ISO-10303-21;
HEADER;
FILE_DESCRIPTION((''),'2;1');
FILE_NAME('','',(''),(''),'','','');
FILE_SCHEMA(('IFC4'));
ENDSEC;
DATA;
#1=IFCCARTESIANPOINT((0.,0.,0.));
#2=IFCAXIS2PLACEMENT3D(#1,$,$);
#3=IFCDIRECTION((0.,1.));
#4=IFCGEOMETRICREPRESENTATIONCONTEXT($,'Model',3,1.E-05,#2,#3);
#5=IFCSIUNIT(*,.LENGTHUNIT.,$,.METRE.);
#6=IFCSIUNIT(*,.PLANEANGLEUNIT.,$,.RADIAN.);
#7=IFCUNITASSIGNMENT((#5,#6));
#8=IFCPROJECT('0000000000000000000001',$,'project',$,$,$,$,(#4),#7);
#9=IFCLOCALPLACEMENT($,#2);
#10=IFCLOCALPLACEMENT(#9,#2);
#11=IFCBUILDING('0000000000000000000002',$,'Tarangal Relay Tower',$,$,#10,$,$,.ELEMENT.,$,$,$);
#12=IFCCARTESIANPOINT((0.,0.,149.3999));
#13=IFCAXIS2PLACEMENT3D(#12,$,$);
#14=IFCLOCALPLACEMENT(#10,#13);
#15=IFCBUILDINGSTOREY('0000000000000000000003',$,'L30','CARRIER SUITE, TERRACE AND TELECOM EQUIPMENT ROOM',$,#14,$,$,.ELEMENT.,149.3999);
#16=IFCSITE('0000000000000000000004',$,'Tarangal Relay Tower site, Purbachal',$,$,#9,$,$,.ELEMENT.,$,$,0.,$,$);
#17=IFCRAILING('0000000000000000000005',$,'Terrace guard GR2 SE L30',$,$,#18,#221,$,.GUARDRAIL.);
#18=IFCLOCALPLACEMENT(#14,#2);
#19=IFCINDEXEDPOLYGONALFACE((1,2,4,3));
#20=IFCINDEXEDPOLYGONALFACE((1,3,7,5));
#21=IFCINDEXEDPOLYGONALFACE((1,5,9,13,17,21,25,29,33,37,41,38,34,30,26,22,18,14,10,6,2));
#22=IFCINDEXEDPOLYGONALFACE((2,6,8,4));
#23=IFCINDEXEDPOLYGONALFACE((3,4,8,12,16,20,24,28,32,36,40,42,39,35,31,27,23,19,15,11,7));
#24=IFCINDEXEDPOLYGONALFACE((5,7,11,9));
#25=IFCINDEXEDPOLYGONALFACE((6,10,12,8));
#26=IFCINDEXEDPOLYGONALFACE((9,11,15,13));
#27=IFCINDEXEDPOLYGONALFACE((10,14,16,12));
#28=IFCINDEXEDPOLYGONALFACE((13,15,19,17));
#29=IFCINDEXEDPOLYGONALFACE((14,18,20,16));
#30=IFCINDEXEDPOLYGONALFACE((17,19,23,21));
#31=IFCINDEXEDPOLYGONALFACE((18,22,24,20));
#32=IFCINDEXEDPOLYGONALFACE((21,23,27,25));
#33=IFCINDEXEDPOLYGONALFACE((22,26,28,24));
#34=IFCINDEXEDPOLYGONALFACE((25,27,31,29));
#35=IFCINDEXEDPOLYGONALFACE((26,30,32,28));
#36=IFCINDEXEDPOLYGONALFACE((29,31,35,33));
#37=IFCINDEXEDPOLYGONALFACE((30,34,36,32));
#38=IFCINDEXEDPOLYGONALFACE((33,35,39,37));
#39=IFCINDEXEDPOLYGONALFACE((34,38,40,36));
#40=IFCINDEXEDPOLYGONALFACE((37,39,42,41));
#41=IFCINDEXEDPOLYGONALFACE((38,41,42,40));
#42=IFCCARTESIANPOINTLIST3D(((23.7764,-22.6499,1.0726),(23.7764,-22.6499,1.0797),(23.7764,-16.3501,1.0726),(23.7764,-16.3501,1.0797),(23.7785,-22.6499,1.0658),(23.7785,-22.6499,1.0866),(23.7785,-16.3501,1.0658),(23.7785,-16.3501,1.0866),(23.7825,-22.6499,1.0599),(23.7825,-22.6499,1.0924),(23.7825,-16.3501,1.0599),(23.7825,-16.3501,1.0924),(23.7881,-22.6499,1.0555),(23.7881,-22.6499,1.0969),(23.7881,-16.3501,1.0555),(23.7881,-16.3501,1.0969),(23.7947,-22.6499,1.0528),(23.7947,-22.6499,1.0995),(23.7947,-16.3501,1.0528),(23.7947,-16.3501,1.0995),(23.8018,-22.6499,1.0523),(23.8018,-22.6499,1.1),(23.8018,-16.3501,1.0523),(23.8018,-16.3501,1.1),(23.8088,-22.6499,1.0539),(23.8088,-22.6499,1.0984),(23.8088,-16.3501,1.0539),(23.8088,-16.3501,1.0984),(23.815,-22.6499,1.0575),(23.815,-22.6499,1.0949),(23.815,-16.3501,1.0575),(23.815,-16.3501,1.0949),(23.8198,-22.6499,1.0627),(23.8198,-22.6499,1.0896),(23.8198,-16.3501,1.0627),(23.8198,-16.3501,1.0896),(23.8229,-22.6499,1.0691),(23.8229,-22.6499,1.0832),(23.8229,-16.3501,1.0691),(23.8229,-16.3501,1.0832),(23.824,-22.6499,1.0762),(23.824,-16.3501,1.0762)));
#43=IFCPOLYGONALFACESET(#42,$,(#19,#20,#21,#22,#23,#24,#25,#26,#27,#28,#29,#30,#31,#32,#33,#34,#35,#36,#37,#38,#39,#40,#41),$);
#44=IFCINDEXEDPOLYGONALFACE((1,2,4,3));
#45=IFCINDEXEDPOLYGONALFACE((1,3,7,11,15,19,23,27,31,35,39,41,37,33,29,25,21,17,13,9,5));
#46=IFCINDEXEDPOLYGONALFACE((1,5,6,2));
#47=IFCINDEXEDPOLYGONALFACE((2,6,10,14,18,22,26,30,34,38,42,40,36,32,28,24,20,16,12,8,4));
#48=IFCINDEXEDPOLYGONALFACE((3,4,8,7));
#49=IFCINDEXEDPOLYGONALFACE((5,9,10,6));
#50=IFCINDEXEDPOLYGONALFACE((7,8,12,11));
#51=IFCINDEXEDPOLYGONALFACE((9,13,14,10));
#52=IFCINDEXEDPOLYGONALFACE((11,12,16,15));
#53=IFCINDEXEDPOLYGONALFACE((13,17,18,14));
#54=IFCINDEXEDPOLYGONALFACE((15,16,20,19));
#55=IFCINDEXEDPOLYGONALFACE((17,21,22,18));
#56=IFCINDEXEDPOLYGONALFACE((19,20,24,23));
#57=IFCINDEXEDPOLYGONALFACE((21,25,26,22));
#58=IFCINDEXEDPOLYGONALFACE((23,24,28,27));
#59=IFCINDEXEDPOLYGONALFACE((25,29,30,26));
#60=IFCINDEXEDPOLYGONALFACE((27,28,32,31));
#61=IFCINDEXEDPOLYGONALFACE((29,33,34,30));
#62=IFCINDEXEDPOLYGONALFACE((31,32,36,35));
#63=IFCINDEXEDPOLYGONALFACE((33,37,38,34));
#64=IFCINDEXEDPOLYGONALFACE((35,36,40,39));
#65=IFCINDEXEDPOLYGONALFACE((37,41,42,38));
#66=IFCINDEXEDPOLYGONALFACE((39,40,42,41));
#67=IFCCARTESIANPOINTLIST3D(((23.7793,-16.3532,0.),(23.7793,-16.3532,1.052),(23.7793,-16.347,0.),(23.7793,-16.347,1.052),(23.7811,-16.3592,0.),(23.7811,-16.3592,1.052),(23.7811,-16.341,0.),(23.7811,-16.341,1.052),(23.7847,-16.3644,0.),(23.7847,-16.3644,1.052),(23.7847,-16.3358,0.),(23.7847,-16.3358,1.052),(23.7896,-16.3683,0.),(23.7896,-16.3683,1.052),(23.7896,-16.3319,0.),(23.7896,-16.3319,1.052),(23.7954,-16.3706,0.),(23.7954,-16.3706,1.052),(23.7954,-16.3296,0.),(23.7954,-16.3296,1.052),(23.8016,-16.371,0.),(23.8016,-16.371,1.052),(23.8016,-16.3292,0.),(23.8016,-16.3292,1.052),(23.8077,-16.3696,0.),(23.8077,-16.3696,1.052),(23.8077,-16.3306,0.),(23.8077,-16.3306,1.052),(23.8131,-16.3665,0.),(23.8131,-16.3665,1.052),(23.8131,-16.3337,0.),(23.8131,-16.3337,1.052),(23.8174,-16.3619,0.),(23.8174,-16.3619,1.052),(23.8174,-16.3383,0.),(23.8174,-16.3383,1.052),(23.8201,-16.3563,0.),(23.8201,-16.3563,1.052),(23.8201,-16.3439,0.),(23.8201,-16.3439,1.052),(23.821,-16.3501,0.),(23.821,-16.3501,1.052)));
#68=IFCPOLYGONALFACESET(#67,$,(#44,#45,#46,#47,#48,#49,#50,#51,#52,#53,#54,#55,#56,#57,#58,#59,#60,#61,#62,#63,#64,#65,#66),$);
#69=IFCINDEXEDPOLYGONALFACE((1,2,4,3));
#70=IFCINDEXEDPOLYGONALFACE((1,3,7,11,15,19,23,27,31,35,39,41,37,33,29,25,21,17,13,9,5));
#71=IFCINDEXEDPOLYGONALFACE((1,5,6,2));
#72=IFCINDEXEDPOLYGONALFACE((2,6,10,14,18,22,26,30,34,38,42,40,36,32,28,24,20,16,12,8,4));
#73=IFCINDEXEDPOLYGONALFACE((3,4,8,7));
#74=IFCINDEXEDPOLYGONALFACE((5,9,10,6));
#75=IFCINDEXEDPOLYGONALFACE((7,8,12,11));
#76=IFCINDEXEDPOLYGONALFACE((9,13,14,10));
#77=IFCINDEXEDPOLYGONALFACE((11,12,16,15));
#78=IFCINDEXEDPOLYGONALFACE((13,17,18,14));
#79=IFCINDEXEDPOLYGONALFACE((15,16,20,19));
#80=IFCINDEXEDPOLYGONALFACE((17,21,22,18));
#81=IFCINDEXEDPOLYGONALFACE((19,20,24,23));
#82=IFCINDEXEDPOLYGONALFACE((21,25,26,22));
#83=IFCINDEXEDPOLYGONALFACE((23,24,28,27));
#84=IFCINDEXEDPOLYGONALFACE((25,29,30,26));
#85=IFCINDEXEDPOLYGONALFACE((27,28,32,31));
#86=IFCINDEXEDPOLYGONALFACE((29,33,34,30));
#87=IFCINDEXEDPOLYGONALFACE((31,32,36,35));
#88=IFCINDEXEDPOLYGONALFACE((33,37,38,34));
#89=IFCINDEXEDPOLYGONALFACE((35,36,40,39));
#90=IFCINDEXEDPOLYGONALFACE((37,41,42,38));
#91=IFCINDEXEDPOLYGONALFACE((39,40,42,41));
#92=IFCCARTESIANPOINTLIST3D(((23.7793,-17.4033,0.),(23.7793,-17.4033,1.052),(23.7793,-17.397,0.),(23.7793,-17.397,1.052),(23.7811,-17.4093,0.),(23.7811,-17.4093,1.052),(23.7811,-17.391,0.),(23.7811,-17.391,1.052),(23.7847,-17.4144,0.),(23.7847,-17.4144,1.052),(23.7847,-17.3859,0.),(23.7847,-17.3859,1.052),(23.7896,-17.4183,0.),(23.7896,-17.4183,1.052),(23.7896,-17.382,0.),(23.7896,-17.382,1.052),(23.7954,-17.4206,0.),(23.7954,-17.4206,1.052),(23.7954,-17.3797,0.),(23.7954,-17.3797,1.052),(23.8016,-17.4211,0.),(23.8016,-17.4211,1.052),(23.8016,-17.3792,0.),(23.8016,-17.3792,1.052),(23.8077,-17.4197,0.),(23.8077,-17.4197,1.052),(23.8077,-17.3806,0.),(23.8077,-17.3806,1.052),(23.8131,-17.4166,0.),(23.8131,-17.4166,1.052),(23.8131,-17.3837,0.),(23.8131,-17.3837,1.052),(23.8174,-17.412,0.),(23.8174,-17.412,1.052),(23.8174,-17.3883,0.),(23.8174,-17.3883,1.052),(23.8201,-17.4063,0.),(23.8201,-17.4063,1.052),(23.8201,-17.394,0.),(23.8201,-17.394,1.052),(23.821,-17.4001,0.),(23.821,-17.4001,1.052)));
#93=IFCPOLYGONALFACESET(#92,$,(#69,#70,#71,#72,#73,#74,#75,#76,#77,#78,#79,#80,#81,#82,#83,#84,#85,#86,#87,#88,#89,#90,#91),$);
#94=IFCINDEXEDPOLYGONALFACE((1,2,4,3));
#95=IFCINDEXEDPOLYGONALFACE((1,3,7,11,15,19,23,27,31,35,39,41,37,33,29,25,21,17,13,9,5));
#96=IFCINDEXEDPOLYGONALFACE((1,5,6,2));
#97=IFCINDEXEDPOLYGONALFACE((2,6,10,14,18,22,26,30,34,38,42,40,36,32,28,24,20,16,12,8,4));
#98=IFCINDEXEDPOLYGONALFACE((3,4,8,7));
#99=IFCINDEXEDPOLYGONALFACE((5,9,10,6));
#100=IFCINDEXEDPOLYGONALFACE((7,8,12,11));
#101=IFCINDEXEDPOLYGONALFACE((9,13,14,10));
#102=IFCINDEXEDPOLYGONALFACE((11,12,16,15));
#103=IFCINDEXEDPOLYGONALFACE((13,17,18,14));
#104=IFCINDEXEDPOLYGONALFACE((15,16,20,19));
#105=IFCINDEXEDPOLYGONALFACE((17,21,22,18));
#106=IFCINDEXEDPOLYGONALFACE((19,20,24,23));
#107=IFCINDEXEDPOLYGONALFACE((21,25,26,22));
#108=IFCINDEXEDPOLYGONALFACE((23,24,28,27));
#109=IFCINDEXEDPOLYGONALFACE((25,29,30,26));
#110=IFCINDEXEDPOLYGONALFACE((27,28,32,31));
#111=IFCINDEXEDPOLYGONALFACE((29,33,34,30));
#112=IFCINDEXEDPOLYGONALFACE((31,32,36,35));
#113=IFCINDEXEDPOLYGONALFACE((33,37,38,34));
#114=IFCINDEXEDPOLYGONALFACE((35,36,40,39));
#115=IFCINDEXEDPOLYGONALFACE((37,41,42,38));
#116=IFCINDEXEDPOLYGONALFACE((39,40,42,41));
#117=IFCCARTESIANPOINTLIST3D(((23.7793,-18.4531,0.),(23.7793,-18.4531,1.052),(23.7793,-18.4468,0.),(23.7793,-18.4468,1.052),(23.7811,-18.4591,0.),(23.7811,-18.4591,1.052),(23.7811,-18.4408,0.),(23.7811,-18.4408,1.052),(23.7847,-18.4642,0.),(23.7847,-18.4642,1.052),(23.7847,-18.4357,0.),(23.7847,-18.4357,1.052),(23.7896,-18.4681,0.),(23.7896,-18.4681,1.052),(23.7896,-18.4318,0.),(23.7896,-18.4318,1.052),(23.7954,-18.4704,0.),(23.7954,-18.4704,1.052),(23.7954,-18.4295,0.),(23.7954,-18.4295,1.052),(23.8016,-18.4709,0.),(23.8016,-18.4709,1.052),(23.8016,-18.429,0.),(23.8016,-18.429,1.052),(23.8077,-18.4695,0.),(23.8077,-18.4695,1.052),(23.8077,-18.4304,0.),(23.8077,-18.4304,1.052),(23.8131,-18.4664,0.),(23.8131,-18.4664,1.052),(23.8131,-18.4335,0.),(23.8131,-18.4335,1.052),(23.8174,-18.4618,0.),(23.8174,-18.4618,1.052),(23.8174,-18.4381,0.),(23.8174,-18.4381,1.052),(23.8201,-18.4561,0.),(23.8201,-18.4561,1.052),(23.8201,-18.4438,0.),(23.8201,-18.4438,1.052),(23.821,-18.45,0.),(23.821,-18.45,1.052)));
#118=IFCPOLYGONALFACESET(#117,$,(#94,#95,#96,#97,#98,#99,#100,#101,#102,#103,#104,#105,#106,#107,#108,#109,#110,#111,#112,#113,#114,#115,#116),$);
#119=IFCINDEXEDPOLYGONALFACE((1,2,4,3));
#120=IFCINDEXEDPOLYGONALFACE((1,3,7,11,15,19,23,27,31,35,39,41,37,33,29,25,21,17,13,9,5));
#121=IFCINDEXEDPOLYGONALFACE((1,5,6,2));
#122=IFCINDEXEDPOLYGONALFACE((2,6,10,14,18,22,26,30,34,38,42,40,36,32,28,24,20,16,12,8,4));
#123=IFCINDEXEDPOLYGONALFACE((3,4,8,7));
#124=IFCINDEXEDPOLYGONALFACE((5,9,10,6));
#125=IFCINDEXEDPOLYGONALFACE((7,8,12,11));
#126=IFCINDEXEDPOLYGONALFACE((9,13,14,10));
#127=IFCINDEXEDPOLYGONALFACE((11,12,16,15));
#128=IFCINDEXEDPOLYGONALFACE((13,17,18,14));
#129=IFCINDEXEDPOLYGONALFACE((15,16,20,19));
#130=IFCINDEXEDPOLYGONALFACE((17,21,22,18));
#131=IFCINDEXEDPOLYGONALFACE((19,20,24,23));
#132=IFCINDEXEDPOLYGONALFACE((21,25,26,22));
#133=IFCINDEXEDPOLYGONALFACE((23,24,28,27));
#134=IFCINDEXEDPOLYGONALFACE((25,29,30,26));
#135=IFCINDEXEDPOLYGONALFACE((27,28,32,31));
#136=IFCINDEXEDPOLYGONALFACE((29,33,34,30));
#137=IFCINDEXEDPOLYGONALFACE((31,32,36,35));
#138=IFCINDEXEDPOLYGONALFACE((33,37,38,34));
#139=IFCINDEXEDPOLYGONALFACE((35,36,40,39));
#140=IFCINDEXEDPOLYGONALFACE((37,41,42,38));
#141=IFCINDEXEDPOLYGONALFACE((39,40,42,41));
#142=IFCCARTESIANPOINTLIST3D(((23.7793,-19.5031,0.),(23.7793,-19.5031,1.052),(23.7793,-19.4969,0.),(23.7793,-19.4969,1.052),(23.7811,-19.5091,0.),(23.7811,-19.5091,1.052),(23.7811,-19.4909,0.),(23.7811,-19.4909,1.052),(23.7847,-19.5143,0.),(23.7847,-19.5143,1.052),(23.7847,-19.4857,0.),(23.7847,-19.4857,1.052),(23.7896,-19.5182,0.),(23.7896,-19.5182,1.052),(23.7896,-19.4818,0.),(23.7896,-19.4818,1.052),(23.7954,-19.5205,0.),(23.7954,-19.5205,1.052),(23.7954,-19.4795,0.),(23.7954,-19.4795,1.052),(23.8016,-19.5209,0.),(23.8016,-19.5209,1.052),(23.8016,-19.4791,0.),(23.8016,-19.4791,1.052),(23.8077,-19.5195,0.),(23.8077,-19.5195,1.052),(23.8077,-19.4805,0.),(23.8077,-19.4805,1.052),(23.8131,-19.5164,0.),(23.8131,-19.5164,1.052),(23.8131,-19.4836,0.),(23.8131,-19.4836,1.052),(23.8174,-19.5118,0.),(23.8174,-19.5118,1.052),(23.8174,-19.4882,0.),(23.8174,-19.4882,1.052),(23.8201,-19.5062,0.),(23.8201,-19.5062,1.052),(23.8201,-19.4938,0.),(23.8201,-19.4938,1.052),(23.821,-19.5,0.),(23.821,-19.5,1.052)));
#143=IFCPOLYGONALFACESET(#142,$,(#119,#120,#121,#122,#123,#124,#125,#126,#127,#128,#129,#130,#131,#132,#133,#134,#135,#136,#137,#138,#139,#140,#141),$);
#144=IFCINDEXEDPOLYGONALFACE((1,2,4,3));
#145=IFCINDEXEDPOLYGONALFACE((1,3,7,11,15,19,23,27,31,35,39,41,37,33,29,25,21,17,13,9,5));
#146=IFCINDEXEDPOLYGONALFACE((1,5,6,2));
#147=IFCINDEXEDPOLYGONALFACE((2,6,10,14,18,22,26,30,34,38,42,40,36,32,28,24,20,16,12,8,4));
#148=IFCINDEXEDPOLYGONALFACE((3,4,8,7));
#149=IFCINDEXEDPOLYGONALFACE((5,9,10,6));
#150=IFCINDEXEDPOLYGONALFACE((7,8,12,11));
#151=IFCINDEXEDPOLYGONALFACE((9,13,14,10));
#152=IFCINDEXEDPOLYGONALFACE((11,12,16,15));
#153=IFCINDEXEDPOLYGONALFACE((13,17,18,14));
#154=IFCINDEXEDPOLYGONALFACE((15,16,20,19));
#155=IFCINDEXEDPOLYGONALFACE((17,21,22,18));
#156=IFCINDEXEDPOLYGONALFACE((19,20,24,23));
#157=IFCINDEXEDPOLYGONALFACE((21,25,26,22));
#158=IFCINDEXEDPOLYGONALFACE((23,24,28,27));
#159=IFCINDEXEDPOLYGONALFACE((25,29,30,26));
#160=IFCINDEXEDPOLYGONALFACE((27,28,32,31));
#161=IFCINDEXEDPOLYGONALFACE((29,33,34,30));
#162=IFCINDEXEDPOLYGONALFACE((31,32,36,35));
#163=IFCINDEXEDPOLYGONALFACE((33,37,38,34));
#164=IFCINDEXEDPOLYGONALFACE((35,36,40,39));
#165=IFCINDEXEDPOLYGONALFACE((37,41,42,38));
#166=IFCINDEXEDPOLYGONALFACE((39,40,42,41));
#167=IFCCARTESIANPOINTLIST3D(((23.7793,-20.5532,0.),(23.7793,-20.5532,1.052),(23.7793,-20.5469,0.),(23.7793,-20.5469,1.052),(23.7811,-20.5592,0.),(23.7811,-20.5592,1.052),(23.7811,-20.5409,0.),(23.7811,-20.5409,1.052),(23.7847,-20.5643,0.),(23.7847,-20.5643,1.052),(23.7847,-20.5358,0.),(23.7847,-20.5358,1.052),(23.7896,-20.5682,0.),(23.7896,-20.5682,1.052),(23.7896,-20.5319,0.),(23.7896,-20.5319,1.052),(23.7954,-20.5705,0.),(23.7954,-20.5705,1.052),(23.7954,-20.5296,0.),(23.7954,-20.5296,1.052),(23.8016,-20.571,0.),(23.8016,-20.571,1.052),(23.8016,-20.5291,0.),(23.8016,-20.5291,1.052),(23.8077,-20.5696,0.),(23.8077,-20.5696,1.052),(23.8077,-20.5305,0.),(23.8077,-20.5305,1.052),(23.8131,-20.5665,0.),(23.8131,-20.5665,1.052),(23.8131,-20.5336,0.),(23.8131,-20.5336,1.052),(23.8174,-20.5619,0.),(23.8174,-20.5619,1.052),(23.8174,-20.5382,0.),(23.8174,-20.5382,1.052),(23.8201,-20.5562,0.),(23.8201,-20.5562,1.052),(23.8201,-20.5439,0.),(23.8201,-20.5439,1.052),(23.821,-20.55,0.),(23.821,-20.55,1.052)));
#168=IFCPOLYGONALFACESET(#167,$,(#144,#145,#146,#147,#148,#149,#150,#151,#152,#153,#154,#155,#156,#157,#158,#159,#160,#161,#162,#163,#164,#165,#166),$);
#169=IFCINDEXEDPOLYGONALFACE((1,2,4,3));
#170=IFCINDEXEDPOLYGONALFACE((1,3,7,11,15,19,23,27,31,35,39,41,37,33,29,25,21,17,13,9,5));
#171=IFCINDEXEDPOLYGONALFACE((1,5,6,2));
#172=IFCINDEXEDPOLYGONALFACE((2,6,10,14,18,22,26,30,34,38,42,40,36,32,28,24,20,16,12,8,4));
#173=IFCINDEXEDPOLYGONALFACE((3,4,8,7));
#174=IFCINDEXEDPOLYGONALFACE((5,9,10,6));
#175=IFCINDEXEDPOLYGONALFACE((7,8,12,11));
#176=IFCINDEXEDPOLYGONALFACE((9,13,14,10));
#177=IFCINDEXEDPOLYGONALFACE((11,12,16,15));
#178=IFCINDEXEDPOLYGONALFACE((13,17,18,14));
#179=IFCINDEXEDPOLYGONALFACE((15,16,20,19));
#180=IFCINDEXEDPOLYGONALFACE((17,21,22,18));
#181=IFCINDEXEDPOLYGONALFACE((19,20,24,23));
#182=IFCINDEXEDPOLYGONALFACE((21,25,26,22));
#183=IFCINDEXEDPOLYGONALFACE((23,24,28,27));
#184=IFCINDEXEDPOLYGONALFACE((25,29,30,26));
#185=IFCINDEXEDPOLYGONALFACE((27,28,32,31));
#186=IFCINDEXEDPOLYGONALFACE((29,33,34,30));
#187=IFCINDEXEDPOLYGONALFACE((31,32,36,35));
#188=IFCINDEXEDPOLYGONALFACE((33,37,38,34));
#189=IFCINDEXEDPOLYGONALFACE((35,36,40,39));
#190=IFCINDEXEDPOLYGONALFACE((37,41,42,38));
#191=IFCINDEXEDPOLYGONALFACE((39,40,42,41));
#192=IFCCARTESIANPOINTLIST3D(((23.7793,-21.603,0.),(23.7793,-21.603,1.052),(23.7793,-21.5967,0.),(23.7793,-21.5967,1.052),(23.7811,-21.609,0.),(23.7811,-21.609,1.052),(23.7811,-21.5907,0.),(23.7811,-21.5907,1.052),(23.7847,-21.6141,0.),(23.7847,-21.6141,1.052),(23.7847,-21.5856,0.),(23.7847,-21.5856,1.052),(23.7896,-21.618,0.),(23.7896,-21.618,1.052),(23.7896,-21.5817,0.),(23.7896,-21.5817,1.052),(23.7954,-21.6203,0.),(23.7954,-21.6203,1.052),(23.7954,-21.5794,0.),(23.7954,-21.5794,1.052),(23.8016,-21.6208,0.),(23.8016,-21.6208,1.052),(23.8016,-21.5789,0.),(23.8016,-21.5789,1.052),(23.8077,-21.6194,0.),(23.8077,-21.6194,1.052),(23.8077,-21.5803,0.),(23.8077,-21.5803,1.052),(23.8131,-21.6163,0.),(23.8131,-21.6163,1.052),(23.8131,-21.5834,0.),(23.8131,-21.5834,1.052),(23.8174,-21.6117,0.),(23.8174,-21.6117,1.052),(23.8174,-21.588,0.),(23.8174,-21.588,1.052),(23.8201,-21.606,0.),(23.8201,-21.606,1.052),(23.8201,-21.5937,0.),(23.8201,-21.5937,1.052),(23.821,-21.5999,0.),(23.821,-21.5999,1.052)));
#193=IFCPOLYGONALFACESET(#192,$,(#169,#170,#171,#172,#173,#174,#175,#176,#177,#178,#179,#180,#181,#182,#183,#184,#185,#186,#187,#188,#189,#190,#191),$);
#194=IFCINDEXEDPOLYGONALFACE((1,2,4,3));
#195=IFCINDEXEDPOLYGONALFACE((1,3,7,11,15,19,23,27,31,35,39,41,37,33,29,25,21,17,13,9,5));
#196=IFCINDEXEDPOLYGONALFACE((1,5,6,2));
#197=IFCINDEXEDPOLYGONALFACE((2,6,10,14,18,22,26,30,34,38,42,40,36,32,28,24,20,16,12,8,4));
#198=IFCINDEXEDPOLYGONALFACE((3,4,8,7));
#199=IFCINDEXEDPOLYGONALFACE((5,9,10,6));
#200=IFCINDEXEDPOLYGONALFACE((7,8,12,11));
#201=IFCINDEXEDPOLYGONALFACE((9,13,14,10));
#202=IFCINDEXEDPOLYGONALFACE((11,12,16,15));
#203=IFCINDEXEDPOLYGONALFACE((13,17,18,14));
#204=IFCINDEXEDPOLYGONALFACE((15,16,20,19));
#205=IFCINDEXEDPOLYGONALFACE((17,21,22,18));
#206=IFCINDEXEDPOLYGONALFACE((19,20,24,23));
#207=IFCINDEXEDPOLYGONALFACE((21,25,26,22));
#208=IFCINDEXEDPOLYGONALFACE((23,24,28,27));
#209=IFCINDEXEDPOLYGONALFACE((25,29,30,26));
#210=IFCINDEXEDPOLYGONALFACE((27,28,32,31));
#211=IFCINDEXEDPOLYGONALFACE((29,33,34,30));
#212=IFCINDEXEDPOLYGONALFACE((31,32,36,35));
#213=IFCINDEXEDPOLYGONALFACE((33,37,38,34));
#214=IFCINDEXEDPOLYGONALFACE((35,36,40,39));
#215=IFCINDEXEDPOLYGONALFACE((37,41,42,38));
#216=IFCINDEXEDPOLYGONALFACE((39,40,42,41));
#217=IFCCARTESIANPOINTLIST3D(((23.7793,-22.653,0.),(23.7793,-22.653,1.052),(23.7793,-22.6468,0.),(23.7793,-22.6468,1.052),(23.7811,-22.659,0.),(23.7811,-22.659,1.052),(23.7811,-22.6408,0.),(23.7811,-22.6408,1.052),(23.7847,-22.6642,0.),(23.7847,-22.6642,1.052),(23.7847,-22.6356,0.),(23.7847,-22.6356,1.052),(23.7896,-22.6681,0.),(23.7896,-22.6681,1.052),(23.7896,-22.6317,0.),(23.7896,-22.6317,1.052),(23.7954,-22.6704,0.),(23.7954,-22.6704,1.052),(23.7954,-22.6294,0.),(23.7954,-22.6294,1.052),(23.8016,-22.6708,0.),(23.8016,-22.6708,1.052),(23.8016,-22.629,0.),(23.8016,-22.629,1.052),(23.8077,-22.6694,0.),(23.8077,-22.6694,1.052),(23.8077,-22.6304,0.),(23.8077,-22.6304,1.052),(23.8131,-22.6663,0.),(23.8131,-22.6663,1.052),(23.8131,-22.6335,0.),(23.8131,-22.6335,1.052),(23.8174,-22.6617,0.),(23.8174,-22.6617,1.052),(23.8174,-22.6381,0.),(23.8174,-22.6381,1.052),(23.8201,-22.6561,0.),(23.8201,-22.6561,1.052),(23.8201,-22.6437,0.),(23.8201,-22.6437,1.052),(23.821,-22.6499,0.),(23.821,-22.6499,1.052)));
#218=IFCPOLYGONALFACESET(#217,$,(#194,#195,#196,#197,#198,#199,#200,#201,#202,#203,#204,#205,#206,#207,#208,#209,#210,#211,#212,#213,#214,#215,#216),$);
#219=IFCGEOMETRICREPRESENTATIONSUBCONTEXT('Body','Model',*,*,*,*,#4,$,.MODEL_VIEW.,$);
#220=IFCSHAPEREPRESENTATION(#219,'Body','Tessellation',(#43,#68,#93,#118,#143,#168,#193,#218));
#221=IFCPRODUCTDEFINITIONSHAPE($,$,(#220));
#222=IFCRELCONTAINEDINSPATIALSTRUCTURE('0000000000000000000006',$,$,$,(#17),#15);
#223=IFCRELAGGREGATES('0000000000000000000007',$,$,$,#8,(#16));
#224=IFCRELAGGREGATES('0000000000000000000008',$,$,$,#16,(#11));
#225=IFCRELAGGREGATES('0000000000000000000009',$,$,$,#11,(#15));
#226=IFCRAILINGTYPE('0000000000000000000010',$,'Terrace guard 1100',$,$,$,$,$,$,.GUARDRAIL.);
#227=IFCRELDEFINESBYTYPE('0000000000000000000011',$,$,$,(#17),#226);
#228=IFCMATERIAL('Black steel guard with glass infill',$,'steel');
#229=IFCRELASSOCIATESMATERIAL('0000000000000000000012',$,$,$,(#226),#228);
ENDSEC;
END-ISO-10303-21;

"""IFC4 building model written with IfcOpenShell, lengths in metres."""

from ifc_helpers import new_model, si_unit, direction, frame, origin, origin_2d, place, context, subcontext, project, spatial, circle, extrude, material, type_object, element, save


model = new_model("IFC4")

# Units and contexts
model_context = context("Model", 3, precision=1e-05, world=origin(), true_north=direction((0.0, 1.0)))
body_context = subcontext(model_context, "Body", "Model", "MODEL_VIEW")
ifc_project = project(units=[si_unit("LENGTHUNIT", "METRE"), si_unit("PLANEANGLEUNIT", "RADIAN")], contexts=[model_context])

# Site, building, storey
site_placement = place(None, origin())
site = spatial("IfcSite", under=ifc_project, at=site_placement, Name="Tarangal Relay Tower site, Purbachal", CompositionType="ELEMENT", RefElevation=0.0)
building_placement = place(site_placement, origin())
building = spatial("IfcBuilding", under=site, at=building_placement, Name="Tarangal Relay Tower", CompositionType="ELEMENT")
storey_placement = place(building_placement, frame((0.0, 0.0, 149.3999)))
storey = spatial("IfcBuildingStorey", under=building, at=storey_placement, Name="L30", Description="CARRIER SUITE, TERRACE AND TELECOM EQUIPMENT ROOM", CompositionType="ELEMENT", Elevation=149.3999)

# Railing
ifc_material_1 = material(Name="Black steel guard with glass infill", Category="steel")
railing_type = type_object("IfcRailingType", Name="Terrace guard 1100", PredefinedType="GUARDRAIL", material=ifc_material_1)
railing_1_placement = place(storey_placement, frame((23.8, -16.3501, 0.0)))
element("IfcRailing", 1, at=railing_1_placement, inside=storey, type_object=railing_type, Name="Terrace guard GR2 SE L30", PredefinedType="GUARDRAIL", context=body_context, shape_type="SweptSolid", body=[
    extrude(circle(Radius=0.0239, at=origin_2d()), frame((0.0, 0.0, 1.0762), z_axis=(0.0, -1.0, 0.0), x_axis=(1.0, 0.0, 0.0)), (0.0, 0.0, 1.0), 6.2998),
    extrude(circle(Radius=0.021, at=origin_2d()), origin(), (0.0, 0.0, 1.0), 1.052),
    extrude(circle(Radius=0.021, at=origin_2d()), frame((0.0, -1.05, 0.0)), (0.0, 0.0, 1.0), 1.052),
    extrude(circle(Radius=0.021, at=origin_2d()), frame((0.0, -2.0999, 0.0)), (0.0, 0.0, 1.0), 1.052),
    extrude(circle(Radius=0.021, at=origin_2d()), frame((0.0, -3.1499, 0.0)), (0.0, 0.0, 1.0), 1.052),
    extrude(circle(Radius=0.021, at=origin_2d()), frame((0.0, -4.2, 0.0)), (0.0, 0.0, 1.0), 1.052),
    extrude(circle(Radius=0.021, at=origin_2d()), frame((0.0, -5.2498, 0.0)), (0.0, 0.0, 1.0), 1.052),
    extrude(circle(Radius=0.021, at=origin_2d()), frame((0.0, -6.2998, 0.0)), (0.0, 0.0, 1.0), 1.052),
])

save(model, "model.ifc")
